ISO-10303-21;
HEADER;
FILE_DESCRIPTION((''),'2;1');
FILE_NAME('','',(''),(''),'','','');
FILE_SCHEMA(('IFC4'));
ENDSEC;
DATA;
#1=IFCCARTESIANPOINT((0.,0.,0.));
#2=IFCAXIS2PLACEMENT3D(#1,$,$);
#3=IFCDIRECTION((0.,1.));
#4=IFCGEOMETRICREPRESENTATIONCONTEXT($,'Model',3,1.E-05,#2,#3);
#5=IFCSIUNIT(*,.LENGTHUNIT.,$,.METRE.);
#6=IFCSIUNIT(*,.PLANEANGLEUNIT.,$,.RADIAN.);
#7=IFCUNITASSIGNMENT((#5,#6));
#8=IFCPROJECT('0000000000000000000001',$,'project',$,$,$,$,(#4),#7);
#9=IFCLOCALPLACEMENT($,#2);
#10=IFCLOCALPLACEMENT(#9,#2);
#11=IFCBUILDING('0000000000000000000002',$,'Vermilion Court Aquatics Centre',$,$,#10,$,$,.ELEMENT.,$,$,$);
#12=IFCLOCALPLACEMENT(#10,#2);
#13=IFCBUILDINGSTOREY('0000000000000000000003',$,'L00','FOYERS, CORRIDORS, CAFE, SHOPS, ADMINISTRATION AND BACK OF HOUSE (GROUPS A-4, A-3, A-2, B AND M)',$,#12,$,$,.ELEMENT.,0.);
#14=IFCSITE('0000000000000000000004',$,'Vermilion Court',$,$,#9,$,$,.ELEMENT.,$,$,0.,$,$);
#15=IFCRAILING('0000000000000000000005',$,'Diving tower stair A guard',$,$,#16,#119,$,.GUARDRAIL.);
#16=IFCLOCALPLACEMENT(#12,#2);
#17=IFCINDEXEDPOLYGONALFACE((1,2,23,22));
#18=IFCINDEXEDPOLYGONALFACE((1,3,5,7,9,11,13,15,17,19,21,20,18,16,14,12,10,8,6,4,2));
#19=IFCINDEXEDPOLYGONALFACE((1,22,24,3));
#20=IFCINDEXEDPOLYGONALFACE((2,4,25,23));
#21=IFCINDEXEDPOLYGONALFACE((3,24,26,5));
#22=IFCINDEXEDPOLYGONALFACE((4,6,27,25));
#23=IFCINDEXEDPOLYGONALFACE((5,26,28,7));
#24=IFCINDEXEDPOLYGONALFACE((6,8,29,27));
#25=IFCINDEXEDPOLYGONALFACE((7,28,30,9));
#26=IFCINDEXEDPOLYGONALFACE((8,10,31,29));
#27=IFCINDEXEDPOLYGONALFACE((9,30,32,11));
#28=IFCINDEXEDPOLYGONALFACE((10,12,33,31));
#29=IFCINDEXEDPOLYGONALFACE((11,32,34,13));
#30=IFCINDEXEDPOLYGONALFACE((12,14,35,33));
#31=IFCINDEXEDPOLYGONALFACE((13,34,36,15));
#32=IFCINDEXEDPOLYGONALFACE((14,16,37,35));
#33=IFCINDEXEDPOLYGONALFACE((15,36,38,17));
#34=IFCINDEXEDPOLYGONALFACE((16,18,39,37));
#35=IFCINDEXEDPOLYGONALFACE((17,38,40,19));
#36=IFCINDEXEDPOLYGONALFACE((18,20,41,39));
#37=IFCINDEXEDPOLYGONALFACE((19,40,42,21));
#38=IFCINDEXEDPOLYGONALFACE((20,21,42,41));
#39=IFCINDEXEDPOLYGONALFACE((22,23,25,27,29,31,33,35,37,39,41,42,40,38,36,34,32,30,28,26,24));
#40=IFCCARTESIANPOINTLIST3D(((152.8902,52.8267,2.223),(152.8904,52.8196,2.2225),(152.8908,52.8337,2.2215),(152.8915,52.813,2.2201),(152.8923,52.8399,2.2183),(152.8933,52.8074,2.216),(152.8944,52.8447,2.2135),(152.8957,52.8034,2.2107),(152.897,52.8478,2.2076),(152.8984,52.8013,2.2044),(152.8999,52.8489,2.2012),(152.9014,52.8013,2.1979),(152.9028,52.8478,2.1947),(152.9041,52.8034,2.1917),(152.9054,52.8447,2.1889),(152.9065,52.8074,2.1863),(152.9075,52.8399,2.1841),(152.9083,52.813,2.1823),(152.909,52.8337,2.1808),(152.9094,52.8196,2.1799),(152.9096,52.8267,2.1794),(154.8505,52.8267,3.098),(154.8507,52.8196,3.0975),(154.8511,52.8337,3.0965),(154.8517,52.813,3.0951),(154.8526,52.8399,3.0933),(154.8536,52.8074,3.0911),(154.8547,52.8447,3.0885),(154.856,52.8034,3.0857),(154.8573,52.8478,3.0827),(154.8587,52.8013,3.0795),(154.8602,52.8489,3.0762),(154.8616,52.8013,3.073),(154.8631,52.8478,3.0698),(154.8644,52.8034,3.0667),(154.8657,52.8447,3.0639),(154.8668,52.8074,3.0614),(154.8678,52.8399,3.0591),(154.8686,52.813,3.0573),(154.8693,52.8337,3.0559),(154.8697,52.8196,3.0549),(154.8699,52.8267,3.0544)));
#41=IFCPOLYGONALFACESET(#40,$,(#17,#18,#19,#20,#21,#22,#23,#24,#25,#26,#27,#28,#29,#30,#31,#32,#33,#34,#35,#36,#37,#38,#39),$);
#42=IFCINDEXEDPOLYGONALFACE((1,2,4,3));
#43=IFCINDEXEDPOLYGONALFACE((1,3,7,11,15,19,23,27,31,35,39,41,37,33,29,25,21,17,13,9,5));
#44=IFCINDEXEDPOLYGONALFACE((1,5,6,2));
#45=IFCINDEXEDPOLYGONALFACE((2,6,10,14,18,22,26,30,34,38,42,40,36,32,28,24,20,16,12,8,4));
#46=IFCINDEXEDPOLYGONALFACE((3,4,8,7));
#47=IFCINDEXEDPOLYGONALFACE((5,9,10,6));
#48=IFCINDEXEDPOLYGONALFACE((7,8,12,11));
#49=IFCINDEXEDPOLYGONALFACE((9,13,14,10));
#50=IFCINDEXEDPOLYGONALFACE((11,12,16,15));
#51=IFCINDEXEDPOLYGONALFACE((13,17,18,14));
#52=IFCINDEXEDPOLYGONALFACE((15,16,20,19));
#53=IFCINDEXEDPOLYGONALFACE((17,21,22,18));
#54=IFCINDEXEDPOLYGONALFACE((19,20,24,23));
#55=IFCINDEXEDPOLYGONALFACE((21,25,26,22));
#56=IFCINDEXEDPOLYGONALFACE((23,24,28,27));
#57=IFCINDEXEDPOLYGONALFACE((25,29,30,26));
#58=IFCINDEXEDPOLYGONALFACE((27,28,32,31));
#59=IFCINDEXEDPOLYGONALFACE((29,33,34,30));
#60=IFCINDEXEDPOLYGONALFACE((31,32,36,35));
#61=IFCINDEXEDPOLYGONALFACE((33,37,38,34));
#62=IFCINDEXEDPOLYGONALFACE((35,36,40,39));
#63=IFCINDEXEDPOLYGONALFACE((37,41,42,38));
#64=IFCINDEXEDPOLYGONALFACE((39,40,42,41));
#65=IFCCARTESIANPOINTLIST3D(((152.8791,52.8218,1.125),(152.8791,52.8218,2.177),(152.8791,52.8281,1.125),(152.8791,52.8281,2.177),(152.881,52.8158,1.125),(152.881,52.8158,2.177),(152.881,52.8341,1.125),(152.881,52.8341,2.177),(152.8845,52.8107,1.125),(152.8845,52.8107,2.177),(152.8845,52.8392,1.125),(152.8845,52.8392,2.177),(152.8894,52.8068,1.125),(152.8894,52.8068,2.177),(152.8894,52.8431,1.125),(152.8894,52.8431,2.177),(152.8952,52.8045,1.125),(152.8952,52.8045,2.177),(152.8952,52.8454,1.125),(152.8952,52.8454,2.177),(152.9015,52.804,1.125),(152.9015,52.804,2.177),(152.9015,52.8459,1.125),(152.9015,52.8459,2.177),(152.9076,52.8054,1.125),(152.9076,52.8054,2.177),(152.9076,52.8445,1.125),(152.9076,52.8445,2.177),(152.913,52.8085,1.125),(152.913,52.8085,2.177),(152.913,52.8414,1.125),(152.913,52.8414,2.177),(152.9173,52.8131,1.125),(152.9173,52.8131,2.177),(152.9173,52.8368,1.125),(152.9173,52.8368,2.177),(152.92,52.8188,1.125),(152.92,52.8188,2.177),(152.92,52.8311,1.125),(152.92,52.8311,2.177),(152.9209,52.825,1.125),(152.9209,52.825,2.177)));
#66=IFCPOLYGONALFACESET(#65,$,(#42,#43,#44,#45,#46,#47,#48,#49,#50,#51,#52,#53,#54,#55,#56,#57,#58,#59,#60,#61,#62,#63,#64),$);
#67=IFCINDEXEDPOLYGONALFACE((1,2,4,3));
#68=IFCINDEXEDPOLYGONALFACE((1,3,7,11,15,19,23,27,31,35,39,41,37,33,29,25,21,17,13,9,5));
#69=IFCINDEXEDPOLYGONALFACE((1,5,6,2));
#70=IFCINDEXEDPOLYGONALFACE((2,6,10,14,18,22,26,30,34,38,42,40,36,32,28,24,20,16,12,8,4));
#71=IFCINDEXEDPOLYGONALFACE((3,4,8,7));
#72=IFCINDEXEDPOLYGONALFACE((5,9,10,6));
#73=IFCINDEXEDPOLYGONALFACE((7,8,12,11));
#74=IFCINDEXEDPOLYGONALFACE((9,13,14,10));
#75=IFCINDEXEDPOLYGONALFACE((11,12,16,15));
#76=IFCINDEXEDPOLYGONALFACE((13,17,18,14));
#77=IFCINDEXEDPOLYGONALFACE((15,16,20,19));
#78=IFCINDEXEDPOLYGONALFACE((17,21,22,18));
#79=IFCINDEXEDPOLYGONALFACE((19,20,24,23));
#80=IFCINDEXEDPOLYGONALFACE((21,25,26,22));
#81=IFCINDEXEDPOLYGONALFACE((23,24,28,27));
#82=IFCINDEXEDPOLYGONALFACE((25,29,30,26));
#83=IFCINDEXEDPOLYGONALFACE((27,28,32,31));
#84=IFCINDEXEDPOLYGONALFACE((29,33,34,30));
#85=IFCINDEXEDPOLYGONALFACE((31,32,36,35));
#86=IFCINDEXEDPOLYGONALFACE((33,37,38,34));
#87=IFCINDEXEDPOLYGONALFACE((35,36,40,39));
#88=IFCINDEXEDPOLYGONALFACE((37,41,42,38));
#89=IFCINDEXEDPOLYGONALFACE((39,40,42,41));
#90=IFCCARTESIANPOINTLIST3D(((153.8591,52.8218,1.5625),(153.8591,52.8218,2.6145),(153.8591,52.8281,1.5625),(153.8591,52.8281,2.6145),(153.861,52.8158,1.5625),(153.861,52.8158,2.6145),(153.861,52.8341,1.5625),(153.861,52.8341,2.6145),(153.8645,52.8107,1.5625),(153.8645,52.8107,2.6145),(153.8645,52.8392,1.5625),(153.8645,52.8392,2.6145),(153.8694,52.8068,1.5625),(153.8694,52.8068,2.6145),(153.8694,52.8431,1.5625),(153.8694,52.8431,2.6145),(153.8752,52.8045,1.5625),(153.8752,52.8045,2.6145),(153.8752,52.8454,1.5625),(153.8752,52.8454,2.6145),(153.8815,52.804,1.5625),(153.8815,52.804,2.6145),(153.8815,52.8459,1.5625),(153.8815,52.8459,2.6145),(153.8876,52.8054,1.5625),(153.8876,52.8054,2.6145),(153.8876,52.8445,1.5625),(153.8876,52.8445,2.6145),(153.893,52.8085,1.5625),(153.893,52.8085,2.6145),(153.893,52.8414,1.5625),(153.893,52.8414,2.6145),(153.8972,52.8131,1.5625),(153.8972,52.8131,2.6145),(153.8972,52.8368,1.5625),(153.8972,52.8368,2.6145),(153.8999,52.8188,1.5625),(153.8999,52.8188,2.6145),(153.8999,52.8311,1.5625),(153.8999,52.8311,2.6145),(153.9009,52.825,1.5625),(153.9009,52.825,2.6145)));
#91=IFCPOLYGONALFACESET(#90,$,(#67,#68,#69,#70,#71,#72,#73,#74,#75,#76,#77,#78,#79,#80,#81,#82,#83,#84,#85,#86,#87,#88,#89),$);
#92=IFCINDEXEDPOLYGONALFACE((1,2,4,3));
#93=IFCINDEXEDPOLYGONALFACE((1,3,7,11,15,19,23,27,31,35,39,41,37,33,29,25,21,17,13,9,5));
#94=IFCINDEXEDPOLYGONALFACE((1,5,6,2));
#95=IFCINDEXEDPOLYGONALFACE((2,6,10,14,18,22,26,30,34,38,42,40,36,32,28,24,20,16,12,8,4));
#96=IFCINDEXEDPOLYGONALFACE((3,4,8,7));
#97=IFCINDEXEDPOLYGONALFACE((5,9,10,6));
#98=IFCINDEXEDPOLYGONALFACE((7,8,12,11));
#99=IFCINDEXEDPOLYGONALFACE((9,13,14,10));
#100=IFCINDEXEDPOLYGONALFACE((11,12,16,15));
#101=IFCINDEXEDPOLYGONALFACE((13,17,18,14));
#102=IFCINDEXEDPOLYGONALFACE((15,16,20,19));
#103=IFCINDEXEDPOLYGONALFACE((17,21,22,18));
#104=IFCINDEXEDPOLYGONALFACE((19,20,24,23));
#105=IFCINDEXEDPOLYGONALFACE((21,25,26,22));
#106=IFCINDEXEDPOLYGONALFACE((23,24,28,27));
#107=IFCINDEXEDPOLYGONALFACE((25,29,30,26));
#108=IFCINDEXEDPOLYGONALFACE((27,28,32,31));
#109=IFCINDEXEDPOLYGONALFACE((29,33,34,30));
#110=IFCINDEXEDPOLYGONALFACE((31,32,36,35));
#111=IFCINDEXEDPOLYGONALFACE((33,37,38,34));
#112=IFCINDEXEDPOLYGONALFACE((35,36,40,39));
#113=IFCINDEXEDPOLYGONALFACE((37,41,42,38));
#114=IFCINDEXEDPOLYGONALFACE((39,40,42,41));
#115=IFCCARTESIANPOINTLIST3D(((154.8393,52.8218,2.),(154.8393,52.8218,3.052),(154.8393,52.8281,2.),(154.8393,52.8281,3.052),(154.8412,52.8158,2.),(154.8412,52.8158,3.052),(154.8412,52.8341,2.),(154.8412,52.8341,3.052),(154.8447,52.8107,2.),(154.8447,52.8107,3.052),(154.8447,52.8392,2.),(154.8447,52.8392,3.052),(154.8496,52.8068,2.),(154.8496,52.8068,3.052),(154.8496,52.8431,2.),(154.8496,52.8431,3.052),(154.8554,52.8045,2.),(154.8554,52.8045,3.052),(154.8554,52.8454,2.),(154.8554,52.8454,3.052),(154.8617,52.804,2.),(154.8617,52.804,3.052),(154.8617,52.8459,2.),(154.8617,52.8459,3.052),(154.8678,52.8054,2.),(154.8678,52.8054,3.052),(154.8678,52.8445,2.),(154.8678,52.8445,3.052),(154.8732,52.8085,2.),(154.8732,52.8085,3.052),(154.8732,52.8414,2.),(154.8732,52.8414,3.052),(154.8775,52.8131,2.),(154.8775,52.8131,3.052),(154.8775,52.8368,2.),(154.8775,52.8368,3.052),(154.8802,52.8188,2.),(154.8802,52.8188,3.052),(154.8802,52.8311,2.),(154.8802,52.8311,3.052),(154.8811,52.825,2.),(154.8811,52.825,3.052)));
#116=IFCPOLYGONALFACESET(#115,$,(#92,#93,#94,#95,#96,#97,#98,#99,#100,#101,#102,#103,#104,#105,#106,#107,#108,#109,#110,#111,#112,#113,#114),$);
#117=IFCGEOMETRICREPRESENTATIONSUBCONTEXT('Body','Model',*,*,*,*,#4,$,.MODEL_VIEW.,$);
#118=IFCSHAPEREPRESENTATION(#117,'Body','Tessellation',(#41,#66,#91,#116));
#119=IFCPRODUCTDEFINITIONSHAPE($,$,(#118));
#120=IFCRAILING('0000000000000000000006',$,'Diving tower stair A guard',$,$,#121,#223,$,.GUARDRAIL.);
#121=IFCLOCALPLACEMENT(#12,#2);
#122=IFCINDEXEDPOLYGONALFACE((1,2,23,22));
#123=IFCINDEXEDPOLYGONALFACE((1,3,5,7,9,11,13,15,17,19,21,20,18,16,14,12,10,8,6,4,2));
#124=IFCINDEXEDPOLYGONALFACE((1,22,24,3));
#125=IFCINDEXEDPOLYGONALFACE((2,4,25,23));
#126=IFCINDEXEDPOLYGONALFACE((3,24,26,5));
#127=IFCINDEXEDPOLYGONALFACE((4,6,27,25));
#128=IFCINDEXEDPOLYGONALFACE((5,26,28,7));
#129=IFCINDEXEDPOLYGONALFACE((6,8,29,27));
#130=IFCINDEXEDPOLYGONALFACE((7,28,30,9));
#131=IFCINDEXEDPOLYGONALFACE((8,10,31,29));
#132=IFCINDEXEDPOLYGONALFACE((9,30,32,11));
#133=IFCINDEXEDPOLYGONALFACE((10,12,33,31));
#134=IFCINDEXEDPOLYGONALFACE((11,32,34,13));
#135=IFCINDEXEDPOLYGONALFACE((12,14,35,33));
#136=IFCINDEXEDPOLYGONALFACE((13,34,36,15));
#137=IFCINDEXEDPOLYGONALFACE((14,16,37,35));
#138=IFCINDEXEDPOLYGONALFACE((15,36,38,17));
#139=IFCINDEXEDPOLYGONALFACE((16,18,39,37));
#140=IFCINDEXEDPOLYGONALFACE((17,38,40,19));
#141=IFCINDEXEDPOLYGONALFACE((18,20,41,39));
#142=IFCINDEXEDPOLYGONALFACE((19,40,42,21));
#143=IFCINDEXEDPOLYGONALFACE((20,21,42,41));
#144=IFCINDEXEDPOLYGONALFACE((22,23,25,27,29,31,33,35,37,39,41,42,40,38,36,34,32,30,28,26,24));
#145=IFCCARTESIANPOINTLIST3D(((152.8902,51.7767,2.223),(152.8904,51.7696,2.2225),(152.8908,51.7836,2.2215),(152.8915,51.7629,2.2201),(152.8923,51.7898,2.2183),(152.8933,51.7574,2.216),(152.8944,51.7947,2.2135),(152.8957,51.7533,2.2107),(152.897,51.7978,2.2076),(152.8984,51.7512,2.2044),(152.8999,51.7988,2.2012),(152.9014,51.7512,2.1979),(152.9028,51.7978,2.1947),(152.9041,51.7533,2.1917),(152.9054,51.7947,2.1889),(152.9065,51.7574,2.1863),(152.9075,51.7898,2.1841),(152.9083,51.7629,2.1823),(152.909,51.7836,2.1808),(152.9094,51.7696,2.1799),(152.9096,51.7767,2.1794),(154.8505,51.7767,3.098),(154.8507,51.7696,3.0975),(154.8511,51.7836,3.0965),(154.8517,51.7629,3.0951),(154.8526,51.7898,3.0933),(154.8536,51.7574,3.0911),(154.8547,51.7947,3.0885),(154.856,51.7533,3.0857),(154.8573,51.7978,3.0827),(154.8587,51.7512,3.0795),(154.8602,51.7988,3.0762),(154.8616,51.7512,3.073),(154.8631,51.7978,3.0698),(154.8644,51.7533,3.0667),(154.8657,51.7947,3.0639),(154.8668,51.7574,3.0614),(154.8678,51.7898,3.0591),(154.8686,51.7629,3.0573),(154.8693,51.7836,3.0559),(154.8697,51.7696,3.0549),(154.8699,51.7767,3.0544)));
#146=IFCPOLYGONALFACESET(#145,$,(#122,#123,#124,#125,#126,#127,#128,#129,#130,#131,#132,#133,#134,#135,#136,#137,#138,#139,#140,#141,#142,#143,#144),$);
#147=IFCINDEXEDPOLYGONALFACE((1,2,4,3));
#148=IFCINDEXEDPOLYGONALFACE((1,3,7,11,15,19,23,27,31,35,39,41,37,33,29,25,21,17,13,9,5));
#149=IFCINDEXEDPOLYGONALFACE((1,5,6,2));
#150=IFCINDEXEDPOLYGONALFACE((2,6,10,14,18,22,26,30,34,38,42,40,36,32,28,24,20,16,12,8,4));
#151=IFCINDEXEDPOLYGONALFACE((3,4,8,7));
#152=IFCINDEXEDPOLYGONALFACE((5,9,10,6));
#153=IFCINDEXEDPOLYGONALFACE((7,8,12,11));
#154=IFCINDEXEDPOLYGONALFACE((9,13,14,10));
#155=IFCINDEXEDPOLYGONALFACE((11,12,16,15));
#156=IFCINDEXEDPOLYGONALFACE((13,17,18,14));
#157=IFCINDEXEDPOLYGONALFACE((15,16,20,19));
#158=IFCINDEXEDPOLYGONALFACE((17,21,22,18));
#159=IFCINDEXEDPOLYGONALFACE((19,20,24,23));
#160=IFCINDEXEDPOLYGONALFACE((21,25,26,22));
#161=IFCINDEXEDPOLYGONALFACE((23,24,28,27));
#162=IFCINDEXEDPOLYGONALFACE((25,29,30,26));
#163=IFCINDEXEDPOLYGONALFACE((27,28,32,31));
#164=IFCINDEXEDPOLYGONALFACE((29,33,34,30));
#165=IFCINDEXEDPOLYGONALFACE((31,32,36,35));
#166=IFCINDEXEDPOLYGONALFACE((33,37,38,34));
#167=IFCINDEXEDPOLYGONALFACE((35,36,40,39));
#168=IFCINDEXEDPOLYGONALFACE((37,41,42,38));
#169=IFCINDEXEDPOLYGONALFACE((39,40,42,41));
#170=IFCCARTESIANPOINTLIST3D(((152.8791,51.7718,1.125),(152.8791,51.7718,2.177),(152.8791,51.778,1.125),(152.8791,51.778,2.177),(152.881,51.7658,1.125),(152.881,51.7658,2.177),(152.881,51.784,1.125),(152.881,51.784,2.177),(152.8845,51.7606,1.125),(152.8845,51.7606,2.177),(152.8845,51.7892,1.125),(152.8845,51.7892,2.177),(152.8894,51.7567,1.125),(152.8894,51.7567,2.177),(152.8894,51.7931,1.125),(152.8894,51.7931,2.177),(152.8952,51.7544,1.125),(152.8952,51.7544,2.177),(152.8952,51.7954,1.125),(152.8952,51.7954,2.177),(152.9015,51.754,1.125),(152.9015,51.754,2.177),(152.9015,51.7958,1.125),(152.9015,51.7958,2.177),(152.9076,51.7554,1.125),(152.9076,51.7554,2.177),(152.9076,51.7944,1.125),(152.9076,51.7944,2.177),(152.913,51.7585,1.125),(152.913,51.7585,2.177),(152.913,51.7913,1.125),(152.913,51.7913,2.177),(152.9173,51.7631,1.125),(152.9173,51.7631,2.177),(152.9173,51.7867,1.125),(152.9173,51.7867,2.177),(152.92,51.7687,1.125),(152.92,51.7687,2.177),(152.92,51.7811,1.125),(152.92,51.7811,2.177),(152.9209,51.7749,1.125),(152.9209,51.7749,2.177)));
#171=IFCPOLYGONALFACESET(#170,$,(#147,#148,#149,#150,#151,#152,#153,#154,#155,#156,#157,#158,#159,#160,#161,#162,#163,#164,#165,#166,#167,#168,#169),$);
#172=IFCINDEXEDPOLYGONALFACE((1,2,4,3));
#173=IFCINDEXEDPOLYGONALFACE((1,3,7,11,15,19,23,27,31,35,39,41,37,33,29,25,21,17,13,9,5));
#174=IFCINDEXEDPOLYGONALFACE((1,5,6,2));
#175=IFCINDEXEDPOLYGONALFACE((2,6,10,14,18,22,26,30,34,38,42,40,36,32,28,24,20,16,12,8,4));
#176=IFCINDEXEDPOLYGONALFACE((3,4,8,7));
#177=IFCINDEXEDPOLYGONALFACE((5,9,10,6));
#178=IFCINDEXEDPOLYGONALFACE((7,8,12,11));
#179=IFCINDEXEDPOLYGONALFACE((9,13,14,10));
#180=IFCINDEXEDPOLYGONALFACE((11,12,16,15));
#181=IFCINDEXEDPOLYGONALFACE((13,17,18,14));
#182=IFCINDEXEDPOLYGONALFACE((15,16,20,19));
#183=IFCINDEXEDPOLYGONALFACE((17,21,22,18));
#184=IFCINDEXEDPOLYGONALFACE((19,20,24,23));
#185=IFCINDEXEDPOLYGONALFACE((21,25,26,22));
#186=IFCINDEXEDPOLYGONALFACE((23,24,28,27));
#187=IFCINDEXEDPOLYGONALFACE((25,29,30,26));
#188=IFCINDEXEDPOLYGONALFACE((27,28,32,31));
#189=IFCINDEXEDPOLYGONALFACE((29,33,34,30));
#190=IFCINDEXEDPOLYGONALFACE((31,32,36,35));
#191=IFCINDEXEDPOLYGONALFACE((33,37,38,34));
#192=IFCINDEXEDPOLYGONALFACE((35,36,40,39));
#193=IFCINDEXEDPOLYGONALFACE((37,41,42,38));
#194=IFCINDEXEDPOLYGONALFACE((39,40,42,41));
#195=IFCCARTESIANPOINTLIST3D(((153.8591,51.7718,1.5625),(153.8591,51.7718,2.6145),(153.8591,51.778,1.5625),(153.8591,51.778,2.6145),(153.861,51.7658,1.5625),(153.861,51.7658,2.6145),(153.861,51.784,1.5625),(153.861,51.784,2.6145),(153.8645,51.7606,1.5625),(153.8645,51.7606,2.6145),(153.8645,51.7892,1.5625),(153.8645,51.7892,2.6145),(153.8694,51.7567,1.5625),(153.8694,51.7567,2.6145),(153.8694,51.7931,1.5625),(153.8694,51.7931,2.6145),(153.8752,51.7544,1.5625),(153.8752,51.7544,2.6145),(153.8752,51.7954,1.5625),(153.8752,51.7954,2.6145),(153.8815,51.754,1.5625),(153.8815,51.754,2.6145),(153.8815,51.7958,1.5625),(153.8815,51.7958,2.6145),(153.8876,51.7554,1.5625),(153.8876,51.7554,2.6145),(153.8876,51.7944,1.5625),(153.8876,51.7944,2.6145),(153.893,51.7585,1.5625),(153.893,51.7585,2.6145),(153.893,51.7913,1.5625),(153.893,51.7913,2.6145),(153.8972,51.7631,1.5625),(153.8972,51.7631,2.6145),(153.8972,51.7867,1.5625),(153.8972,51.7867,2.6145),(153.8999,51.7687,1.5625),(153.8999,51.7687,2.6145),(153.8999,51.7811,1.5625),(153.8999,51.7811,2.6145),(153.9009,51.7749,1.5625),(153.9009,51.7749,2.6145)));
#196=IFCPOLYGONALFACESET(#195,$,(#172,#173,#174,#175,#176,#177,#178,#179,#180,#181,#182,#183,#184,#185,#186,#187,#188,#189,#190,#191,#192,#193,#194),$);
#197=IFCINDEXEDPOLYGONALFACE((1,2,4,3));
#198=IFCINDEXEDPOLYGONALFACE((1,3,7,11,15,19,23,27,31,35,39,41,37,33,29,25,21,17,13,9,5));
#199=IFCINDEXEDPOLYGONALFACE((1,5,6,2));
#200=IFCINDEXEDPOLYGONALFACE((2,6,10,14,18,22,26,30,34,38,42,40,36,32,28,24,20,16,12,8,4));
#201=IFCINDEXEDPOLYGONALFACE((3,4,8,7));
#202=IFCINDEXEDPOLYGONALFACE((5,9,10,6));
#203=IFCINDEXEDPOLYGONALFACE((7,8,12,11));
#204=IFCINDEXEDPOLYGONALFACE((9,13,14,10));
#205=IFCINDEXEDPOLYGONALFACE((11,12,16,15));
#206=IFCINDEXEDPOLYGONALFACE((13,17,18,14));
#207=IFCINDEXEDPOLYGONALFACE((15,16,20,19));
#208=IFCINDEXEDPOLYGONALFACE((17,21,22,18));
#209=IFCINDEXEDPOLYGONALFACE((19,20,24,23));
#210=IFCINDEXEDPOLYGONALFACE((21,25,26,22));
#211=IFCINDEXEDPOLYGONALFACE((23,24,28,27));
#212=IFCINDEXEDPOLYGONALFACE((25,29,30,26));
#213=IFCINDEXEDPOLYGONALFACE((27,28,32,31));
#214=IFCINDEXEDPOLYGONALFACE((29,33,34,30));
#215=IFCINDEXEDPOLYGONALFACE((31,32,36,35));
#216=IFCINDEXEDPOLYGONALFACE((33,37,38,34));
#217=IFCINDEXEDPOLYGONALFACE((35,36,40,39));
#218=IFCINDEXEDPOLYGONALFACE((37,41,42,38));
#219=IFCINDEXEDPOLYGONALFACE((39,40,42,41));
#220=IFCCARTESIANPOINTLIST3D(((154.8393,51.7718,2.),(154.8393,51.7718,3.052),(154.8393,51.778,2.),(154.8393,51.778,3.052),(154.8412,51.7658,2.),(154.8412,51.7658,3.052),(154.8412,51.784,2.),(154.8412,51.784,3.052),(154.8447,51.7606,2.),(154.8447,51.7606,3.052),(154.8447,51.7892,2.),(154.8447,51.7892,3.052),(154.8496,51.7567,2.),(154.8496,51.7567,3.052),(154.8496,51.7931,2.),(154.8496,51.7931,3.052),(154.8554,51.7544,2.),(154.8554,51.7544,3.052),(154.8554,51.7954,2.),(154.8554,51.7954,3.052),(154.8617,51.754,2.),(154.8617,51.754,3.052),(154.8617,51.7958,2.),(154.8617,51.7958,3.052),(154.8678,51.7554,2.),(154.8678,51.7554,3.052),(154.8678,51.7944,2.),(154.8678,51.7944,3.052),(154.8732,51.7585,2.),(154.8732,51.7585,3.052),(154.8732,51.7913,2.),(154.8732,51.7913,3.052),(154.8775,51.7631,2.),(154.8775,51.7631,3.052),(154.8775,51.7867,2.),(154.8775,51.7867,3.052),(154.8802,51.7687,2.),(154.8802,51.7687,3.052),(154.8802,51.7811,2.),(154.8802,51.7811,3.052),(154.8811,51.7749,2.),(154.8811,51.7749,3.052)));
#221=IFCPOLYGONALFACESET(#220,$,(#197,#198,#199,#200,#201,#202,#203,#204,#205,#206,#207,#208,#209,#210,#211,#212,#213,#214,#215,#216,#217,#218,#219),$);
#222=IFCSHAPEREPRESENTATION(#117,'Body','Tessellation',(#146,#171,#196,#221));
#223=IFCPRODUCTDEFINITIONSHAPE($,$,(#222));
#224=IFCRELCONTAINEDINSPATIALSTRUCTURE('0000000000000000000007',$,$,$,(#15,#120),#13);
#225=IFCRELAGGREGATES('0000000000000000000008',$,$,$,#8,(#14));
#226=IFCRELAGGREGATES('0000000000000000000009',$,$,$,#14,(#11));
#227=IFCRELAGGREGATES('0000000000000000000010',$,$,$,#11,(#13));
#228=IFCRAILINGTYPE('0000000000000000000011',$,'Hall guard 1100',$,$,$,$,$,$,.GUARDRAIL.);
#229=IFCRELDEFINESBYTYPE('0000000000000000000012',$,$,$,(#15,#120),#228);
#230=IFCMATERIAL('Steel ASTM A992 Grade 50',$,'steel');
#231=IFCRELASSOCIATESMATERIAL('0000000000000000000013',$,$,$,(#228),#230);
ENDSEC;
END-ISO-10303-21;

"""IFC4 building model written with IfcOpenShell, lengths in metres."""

from ifc_helpers import new_model, si_unit, direction, frame, origin, origin_2d, place, context, subcontext, project, spatial, circle, extrude, material, type_object, element, save


model = new_model("IFC4")

# Units and contexts
model_context = context("Model", 3, precision=1e-05, world=origin(), true_north=direction((0.0, 1.0)))
body_context = subcontext(model_context, "Body", "Model", "MODEL_VIEW")
ifc_project = project(units=[si_unit("LENGTHUNIT", "METRE"), si_unit("PLANEANGLEUNIT", "RADIAN")], contexts=[model_context])

# Site, building, storey
site_placement = place(None, origin())
site = spatial("IfcSite", under=ifc_project, at=site_placement, Name="Vermilion Court", CompositionType="ELEMENT", RefElevation=0.0)
building_placement = place(site_placement, origin())
building = spatial("IfcBuilding", under=site, at=building_placement, Name="Vermilion Court Aquatics Centre", CompositionType="ELEMENT")
storey_placement = place(building_placement, origin())
storey = spatial("IfcBuildingStorey", under=building, at=storey_placement, Name="L00", Description="FOYERS, CORRIDORS, CAFE, SHOPS, ADMINISTRATION AND BACK OF HOUSE (GROUPS A-4, A-3, A-2, B AND M)", CompositionType="ELEMENT", Elevation=0.0)

# Railings
ifc_material_1 = material(Name="Steel ASTM A992 Grade 50", Category="steel")
railing_type_1 = type_object("IfcRailingType", Name="Hall guard 1100", PredefinedType="GUARDRAIL", material=ifc_material_1)
for number, where, name in (
    (1, (152.8999, 52.825, 1.125), "Diving tower stair A guard"),
    (2, (152.8999, 51.7749, 1.125), "Diving tower stair A guard"),
):
    element("IfcRailing", number, at=place(storey_placement, frame(where)), inside=storey, type_object=railing_type_1, Name=name, PredefinedType="GUARDRAIL", context=body_context, shape_type="SweptSolid", body=[
        extrude(circle(Radius=0.0239, at=origin_2d()), frame((0.0, 0.0, 1.0762), z_axis=(0.913154, 0.0, 0.407615), x_axis=(0.0, 1.0, 0.0)), (0.0, 0.0, 1.0), 2.1467),
        extrude(circle(Radius=0.021, at=origin_2d()), origin(), (0.0, 0.0, 1.0), 1.052),
        extrude(circle(Radius=0.021, at=origin_2d()), frame((0.98, 0.0, 0.4375)), (0.0, 0.0, 1.0), 1.052),
        extrude(circle(Radius=0.021, at=origin_2d()), frame((1.9602, 0.0, 0.875)), (0.0, 0.0, 1.0), 1.052),
    ])

save(model, "model.ifc")
